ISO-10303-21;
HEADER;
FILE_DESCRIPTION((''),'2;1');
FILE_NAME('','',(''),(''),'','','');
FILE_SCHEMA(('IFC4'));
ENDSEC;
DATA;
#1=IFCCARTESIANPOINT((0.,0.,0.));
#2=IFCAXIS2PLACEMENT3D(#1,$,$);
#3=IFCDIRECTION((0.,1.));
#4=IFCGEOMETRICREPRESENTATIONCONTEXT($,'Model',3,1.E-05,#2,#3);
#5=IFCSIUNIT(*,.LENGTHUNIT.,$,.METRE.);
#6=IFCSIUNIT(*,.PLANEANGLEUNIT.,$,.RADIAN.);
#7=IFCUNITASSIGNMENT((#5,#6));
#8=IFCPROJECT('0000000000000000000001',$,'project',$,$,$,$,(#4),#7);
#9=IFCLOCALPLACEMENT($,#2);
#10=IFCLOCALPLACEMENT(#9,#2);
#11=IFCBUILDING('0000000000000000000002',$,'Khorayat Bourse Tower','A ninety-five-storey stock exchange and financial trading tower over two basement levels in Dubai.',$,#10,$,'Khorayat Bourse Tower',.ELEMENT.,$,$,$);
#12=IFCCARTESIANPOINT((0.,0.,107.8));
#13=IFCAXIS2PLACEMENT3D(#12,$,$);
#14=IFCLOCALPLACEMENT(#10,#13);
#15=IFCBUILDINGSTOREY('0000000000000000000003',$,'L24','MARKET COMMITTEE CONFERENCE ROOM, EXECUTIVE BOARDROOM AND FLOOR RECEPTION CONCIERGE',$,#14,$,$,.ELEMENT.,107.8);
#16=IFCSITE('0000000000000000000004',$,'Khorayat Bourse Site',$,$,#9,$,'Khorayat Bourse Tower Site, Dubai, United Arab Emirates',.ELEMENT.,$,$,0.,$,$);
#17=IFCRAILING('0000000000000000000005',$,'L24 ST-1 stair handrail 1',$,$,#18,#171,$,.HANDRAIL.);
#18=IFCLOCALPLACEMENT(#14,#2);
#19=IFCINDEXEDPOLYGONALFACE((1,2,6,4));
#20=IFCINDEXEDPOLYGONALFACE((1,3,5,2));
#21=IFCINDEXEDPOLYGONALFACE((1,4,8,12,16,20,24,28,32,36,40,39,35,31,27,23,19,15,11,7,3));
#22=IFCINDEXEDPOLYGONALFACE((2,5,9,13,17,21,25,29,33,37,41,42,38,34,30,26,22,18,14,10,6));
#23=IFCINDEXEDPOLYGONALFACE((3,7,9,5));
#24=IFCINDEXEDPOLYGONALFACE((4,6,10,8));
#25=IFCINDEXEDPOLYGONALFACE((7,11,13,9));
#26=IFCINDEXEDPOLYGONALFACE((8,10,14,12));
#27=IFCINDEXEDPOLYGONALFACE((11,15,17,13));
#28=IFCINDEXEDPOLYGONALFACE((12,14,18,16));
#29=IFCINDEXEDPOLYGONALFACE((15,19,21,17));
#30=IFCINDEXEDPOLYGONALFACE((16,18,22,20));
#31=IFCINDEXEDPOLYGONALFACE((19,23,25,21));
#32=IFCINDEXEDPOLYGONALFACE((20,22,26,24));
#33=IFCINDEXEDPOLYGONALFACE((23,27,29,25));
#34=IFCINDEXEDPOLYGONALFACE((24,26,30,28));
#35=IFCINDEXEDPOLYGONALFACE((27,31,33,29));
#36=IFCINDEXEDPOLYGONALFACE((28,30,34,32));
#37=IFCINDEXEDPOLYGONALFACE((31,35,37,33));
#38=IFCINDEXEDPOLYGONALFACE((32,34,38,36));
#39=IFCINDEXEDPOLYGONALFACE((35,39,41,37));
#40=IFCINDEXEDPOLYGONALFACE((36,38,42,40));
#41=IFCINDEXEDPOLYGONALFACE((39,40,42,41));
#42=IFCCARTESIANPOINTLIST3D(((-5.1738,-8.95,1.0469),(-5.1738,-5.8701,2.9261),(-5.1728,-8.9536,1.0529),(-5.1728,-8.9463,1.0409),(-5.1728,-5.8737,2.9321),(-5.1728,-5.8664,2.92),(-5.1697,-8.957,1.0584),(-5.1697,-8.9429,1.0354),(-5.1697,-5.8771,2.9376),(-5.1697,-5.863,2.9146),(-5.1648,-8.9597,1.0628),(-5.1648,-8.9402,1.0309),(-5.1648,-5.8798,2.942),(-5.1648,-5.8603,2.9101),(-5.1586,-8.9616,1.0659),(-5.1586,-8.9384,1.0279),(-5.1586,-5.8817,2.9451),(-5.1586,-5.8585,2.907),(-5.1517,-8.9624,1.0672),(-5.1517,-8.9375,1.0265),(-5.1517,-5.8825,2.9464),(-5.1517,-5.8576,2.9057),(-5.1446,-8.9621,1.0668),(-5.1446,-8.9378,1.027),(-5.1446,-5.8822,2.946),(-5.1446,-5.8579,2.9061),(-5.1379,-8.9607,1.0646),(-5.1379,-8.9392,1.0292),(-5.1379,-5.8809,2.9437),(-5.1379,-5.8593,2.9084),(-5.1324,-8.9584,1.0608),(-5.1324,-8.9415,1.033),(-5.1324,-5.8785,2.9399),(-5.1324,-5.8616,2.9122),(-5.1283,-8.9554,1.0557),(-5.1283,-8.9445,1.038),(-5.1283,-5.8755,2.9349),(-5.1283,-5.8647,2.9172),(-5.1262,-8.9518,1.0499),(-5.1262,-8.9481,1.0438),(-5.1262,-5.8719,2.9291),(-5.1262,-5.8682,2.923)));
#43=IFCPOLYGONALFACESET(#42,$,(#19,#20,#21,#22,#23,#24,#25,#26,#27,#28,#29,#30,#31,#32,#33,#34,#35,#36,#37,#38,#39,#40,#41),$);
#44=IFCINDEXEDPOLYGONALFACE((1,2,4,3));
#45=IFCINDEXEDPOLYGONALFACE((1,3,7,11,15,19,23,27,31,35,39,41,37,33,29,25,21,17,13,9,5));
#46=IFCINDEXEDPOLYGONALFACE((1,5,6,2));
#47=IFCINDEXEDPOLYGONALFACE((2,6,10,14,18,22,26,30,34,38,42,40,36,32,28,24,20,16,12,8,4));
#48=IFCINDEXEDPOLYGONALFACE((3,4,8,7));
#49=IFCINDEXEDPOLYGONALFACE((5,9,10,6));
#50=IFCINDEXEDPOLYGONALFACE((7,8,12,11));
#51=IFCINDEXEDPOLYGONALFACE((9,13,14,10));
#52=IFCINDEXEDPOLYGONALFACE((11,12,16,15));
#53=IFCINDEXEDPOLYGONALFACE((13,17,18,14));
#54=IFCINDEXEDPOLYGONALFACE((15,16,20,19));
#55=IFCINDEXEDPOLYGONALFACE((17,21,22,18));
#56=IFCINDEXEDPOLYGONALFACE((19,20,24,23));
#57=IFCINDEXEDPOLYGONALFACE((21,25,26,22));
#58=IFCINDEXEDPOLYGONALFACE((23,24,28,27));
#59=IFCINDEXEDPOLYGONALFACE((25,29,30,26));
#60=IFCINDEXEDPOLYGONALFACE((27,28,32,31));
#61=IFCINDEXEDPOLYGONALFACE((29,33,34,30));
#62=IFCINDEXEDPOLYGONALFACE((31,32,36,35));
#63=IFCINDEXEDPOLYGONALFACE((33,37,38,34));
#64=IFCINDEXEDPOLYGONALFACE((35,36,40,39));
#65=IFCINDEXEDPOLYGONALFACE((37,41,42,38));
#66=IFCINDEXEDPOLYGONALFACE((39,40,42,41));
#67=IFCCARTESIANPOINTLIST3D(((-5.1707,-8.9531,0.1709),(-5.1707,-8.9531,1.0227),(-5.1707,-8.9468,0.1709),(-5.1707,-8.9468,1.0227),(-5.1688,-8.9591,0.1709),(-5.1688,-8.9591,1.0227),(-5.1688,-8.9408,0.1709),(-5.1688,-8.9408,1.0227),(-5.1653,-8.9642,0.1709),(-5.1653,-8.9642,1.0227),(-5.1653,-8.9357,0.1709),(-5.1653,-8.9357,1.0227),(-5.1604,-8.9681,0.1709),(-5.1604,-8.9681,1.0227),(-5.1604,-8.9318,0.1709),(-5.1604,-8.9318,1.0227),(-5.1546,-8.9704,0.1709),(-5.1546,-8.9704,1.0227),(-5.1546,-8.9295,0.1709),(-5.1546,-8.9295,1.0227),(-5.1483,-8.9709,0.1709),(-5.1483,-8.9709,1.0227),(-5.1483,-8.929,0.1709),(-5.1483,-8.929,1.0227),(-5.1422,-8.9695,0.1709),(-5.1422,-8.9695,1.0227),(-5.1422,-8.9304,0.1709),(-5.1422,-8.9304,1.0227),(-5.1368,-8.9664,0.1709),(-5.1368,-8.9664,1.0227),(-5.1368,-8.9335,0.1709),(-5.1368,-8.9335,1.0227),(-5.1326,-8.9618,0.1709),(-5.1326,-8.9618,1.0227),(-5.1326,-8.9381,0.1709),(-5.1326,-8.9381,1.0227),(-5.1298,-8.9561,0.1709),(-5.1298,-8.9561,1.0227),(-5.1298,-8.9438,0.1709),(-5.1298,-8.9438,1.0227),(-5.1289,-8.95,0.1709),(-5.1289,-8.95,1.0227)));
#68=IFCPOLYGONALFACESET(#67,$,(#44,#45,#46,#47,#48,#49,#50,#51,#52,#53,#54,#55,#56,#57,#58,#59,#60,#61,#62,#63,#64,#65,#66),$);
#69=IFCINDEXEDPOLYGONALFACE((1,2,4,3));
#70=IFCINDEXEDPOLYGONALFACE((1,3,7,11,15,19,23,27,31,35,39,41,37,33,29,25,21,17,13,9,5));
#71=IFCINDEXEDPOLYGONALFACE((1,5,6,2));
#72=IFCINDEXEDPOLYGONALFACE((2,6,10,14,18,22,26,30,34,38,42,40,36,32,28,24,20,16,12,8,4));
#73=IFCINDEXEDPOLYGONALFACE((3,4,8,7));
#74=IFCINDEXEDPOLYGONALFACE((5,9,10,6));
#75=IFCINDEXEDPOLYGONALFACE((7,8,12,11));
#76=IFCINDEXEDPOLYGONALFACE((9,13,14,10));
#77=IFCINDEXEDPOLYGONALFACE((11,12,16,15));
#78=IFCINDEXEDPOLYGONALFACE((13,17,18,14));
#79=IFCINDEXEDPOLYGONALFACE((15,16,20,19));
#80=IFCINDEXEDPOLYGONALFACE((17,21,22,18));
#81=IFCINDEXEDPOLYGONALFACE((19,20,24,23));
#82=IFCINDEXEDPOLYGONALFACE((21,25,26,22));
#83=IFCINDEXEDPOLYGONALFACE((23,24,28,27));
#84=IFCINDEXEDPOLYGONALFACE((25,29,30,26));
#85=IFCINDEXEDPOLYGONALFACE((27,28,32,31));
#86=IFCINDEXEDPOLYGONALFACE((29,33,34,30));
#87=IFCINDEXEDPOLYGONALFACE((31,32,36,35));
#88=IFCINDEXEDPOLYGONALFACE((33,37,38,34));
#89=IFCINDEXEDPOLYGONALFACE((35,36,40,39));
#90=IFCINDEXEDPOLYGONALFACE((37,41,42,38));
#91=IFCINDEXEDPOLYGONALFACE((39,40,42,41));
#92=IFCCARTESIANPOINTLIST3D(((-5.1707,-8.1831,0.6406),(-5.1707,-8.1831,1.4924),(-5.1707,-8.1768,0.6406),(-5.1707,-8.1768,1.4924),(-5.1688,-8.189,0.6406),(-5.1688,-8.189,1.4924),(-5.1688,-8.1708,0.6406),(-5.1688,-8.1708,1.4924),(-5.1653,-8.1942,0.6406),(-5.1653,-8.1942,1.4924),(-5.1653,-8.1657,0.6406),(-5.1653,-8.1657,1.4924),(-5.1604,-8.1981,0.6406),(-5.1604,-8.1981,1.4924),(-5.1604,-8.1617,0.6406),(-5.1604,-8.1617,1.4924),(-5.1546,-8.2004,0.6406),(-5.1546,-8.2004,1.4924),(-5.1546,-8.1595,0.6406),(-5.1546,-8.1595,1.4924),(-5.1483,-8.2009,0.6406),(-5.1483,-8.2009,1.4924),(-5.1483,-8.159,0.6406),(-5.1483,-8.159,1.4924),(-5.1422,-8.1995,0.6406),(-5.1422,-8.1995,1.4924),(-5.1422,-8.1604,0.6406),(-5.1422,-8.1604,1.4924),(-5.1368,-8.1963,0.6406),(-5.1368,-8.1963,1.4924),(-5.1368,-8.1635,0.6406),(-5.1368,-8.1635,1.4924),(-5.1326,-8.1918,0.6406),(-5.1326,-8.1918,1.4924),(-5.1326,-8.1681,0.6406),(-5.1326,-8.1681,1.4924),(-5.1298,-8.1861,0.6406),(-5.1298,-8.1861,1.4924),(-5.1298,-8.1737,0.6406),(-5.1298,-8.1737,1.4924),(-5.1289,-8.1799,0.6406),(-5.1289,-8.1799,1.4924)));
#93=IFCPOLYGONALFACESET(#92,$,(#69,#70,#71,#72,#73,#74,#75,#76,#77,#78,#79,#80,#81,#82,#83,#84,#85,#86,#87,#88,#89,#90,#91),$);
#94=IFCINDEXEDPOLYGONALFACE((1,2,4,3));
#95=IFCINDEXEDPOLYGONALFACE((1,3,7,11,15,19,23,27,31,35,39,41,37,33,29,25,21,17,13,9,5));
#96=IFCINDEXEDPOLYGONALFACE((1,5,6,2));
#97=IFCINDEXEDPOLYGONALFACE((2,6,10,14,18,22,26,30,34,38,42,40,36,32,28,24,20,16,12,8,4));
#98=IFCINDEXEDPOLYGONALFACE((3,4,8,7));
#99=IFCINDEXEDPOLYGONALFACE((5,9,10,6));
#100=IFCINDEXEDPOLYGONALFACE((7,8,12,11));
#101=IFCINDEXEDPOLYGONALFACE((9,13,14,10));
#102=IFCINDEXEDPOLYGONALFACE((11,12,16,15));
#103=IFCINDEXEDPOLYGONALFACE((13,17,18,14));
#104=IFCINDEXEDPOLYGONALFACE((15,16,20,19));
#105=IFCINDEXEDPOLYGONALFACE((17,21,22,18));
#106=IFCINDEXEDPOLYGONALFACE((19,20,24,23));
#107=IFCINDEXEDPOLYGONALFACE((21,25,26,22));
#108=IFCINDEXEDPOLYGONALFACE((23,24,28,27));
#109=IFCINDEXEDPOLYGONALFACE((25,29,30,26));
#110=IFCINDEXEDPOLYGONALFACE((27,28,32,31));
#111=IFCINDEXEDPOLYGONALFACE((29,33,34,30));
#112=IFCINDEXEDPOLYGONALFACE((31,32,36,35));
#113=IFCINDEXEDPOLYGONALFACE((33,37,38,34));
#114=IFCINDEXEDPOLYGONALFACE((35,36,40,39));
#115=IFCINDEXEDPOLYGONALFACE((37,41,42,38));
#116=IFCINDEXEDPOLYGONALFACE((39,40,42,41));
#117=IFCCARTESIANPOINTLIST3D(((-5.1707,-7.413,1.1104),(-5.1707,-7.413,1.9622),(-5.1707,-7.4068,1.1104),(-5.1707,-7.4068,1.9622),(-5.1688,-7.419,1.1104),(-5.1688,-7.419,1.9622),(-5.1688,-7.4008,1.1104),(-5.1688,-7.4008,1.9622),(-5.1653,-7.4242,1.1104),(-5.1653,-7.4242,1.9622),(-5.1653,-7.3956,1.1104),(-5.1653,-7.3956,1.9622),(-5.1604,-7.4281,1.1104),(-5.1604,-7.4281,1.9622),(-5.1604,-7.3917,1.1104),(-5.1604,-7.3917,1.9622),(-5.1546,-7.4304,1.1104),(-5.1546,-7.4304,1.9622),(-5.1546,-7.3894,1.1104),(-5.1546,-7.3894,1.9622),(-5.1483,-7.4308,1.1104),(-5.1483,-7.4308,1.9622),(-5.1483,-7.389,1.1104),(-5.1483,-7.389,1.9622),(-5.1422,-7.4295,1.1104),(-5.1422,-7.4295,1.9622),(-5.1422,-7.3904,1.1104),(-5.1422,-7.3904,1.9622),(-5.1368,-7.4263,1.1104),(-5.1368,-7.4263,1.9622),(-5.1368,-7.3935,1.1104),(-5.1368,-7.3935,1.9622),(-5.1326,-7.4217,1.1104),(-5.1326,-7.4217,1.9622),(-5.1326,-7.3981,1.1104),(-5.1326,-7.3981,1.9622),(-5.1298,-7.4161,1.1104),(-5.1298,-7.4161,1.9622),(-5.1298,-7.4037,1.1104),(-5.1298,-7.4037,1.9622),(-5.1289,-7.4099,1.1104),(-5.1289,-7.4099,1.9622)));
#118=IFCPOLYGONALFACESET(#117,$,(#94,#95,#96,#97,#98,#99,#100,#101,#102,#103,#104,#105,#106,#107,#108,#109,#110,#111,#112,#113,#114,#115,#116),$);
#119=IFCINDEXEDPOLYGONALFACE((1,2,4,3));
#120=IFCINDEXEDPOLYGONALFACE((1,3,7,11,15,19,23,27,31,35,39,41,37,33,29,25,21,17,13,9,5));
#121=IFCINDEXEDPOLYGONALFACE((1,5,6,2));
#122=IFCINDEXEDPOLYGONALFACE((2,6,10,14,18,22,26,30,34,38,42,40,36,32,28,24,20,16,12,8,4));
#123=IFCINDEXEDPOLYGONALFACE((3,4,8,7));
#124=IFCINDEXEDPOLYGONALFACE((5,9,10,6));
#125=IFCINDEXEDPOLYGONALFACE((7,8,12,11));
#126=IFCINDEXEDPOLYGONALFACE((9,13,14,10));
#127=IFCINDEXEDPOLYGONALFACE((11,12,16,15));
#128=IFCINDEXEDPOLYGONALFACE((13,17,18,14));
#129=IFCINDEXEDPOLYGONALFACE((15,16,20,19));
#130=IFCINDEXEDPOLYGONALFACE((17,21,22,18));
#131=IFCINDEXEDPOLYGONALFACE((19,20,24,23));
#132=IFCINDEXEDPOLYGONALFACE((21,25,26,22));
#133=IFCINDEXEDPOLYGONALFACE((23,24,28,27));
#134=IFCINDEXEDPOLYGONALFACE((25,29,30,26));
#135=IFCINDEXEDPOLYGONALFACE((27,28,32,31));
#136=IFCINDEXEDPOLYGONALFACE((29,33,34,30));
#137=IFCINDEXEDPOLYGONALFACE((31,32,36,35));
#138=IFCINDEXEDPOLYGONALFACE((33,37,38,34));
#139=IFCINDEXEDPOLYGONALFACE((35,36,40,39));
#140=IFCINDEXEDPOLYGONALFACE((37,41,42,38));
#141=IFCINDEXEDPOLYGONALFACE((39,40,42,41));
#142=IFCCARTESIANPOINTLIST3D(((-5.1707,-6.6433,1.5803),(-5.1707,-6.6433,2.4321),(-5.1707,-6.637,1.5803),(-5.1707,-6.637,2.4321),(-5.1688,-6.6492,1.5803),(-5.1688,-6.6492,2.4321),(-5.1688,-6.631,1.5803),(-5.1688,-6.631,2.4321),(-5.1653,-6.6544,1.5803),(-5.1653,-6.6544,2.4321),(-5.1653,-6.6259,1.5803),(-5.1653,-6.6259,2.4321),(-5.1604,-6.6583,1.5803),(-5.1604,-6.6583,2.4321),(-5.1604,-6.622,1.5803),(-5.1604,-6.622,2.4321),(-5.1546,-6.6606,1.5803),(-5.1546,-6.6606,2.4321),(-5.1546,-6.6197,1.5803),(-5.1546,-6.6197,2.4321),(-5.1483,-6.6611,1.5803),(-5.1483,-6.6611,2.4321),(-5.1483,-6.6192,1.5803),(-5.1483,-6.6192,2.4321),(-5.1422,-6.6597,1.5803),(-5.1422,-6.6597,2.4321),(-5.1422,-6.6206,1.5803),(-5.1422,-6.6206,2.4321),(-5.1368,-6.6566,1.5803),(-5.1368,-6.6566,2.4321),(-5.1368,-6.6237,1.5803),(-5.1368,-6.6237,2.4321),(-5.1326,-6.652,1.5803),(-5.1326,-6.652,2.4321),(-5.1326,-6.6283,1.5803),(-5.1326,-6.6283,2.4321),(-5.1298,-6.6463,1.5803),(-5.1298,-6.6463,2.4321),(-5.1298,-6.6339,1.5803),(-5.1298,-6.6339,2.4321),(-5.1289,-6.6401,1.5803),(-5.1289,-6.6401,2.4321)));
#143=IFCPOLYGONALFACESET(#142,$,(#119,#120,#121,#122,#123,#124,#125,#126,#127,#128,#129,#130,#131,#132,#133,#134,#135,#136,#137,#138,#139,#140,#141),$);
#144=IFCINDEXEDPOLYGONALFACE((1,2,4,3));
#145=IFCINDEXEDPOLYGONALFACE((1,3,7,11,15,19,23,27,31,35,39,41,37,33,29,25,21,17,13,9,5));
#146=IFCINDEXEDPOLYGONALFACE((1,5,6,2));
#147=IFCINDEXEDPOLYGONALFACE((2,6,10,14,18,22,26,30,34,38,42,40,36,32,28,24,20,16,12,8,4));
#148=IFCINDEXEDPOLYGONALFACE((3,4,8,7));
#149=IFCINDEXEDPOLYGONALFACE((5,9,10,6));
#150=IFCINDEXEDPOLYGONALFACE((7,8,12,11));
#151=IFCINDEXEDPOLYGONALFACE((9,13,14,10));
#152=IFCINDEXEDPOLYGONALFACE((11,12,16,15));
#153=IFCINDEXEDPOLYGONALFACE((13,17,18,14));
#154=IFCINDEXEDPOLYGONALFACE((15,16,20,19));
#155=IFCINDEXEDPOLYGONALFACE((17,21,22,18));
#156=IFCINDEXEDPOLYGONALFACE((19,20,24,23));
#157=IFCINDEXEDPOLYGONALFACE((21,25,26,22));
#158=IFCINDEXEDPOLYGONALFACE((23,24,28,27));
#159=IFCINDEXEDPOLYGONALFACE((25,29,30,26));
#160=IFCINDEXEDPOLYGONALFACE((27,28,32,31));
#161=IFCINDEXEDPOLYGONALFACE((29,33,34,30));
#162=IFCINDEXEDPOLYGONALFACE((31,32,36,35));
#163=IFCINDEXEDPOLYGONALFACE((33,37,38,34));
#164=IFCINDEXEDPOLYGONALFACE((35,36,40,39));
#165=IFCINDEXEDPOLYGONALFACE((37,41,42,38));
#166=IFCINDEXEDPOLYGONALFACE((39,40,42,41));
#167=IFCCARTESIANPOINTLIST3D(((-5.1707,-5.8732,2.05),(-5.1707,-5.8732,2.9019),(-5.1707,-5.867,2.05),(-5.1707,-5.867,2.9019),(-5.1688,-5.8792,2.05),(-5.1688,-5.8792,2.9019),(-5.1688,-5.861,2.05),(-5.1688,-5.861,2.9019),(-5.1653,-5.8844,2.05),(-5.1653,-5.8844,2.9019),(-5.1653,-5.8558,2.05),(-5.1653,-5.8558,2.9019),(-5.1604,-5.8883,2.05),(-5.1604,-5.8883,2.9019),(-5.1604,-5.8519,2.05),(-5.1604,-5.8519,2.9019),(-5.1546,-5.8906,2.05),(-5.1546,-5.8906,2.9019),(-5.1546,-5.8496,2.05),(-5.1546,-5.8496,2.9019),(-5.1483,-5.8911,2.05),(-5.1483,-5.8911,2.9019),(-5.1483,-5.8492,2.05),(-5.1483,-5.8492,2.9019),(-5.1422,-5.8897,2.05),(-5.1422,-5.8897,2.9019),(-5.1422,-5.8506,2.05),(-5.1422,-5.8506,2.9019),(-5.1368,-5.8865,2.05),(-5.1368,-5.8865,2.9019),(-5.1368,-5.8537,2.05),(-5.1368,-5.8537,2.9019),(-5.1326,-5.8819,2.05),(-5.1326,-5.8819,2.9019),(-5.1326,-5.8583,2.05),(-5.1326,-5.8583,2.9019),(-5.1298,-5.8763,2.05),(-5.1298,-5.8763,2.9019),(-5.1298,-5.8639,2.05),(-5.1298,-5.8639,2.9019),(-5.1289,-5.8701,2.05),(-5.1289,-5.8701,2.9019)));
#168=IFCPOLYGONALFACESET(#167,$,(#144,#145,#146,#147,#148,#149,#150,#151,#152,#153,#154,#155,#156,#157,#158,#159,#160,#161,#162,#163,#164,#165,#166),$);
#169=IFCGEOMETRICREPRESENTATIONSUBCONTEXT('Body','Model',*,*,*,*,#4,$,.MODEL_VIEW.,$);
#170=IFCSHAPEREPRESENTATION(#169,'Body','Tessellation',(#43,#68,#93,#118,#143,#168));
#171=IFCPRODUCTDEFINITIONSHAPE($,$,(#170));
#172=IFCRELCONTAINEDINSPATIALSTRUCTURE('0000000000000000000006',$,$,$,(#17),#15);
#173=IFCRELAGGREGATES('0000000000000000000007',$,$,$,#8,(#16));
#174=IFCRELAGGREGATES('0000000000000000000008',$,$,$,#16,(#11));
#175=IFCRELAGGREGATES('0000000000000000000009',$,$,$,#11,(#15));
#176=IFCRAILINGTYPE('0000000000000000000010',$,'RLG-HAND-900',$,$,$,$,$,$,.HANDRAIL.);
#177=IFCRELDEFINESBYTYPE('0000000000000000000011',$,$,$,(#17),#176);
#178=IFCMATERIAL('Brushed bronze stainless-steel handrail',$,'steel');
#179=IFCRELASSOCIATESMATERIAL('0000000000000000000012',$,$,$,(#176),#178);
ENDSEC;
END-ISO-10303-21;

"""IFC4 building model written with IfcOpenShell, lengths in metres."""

from ifc_helpers import new_model, si_unit, direction, frame, origin, origin_2d, place, context, subcontext, project, spatial, circle, extrude, source, transform, mapped, material, type_object, element, save


model = new_model("IFC4")

# Units and contexts
model_context = context("Model", 3, precision=1e-05, world=origin(), true_north=direction((0.0, 1.0)))
body_context = subcontext(model_context, "Body", "Model", "MODEL_VIEW")
ifc_project = project(units=[si_unit("LENGTHUNIT", "METRE"), si_unit("PLANEANGLEUNIT", "RADIAN")], contexts=[model_context])

# Site, building, storey
site_placement = place(None, origin())
site = spatial("IfcSite", under=ifc_project, at=site_placement, Name="Khorayat Bourse Site", LongName="Khorayat Bourse Tower Site, Dubai, United Arab Emirates", CompositionType="ELEMENT", RefElevation=0.0)
building_placement = place(site_placement, origin())
building = spatial("IfcBuilding", under=site, at=building_placement, Name="Khorayat Bourse Tower", Description="A ninety-five-storey stock exchange and financial trading tower over two basement levels in Dubai.", LongName="Khorayat Bourse Tower", CompositionType="ELEMENT")
storey_placement = place(building_placement, frame((0.0, 0.0, 107.8)))
storey = spatial("IfcBuildingStorey", under=building, at=storey_placement, Name="L24", Description="MARKET COMMITTEE CONFERENCE ROOM, EXECUTIVE BOARDROOM AND FLOOR RECEPTION CONCIERGE", CompositionType="ELEMENT", Elevation=107.8)

# Railing
ifc_material_1 = material(Name="Brushed bronze stainless-steel handrail", Category="steel")
railing_type_1 = type_object("IfcRailingType", Name="RLG-HAND-900", PredefinedType="HANDRAIL", material=ifc_material_1)
shared_shape_1 = source(origin(), body_context, "Body", "SweptSolid", [
    extrude(circle(Radius=0.0239, at=origin_2d()), frame((0.0, 0.0, 0.876), z_axis=(0.0, 0.853648, 0.52085), x_axis=(-1.0, 0.0, 0.0)), (0.0, 0.0, 1.0), 3.6079),
    extrude(circle(Radius=0.021, at=origin_2d()), origin(), (0.0, 0.0, 1.0), 0.8518),
    extrude(circle(Radius=0.021, at=origin_2d()), frame((0.0, 0.77, 0.4697)), (0.0, 0.0, 1.0), 0.8518),
    extrude(circle(Radius=0.021, at=origin_2d()), frame((0.0, 1.54, 0.9395)), (0.0, 0.0, 1.0), 0.8518),
    extrude(circle(Radius=0.021, at=origin_2d()), frame((0.0, 2.3098, 1.4094)), (0.0, 0.0, 1.0), 0.8518),
    extrude(circle(Radius=0.021, at=origin_2d()), frame((0.0, 3.0798, 1.8792)), (0.0, 0.0, 1.0), 0.8518),
])
railing_1_placement = place(storey_placement, frame((-5.1499, -8.95, 0.1709)))
element("IfcRailing", 1, at=railing_1_placement, inside=storey, type_object=railing_type_1, Name="L24 ST-1 stair handrail 1", PredefinedType="HANDRAIL", context=body_context, shape_type="MappedRepresentation", body=[
    mapped(shared_shape_1, transform((0.0, 0.0, 0.0), scale=1.0)),
])

save(model, "model.ifc")
